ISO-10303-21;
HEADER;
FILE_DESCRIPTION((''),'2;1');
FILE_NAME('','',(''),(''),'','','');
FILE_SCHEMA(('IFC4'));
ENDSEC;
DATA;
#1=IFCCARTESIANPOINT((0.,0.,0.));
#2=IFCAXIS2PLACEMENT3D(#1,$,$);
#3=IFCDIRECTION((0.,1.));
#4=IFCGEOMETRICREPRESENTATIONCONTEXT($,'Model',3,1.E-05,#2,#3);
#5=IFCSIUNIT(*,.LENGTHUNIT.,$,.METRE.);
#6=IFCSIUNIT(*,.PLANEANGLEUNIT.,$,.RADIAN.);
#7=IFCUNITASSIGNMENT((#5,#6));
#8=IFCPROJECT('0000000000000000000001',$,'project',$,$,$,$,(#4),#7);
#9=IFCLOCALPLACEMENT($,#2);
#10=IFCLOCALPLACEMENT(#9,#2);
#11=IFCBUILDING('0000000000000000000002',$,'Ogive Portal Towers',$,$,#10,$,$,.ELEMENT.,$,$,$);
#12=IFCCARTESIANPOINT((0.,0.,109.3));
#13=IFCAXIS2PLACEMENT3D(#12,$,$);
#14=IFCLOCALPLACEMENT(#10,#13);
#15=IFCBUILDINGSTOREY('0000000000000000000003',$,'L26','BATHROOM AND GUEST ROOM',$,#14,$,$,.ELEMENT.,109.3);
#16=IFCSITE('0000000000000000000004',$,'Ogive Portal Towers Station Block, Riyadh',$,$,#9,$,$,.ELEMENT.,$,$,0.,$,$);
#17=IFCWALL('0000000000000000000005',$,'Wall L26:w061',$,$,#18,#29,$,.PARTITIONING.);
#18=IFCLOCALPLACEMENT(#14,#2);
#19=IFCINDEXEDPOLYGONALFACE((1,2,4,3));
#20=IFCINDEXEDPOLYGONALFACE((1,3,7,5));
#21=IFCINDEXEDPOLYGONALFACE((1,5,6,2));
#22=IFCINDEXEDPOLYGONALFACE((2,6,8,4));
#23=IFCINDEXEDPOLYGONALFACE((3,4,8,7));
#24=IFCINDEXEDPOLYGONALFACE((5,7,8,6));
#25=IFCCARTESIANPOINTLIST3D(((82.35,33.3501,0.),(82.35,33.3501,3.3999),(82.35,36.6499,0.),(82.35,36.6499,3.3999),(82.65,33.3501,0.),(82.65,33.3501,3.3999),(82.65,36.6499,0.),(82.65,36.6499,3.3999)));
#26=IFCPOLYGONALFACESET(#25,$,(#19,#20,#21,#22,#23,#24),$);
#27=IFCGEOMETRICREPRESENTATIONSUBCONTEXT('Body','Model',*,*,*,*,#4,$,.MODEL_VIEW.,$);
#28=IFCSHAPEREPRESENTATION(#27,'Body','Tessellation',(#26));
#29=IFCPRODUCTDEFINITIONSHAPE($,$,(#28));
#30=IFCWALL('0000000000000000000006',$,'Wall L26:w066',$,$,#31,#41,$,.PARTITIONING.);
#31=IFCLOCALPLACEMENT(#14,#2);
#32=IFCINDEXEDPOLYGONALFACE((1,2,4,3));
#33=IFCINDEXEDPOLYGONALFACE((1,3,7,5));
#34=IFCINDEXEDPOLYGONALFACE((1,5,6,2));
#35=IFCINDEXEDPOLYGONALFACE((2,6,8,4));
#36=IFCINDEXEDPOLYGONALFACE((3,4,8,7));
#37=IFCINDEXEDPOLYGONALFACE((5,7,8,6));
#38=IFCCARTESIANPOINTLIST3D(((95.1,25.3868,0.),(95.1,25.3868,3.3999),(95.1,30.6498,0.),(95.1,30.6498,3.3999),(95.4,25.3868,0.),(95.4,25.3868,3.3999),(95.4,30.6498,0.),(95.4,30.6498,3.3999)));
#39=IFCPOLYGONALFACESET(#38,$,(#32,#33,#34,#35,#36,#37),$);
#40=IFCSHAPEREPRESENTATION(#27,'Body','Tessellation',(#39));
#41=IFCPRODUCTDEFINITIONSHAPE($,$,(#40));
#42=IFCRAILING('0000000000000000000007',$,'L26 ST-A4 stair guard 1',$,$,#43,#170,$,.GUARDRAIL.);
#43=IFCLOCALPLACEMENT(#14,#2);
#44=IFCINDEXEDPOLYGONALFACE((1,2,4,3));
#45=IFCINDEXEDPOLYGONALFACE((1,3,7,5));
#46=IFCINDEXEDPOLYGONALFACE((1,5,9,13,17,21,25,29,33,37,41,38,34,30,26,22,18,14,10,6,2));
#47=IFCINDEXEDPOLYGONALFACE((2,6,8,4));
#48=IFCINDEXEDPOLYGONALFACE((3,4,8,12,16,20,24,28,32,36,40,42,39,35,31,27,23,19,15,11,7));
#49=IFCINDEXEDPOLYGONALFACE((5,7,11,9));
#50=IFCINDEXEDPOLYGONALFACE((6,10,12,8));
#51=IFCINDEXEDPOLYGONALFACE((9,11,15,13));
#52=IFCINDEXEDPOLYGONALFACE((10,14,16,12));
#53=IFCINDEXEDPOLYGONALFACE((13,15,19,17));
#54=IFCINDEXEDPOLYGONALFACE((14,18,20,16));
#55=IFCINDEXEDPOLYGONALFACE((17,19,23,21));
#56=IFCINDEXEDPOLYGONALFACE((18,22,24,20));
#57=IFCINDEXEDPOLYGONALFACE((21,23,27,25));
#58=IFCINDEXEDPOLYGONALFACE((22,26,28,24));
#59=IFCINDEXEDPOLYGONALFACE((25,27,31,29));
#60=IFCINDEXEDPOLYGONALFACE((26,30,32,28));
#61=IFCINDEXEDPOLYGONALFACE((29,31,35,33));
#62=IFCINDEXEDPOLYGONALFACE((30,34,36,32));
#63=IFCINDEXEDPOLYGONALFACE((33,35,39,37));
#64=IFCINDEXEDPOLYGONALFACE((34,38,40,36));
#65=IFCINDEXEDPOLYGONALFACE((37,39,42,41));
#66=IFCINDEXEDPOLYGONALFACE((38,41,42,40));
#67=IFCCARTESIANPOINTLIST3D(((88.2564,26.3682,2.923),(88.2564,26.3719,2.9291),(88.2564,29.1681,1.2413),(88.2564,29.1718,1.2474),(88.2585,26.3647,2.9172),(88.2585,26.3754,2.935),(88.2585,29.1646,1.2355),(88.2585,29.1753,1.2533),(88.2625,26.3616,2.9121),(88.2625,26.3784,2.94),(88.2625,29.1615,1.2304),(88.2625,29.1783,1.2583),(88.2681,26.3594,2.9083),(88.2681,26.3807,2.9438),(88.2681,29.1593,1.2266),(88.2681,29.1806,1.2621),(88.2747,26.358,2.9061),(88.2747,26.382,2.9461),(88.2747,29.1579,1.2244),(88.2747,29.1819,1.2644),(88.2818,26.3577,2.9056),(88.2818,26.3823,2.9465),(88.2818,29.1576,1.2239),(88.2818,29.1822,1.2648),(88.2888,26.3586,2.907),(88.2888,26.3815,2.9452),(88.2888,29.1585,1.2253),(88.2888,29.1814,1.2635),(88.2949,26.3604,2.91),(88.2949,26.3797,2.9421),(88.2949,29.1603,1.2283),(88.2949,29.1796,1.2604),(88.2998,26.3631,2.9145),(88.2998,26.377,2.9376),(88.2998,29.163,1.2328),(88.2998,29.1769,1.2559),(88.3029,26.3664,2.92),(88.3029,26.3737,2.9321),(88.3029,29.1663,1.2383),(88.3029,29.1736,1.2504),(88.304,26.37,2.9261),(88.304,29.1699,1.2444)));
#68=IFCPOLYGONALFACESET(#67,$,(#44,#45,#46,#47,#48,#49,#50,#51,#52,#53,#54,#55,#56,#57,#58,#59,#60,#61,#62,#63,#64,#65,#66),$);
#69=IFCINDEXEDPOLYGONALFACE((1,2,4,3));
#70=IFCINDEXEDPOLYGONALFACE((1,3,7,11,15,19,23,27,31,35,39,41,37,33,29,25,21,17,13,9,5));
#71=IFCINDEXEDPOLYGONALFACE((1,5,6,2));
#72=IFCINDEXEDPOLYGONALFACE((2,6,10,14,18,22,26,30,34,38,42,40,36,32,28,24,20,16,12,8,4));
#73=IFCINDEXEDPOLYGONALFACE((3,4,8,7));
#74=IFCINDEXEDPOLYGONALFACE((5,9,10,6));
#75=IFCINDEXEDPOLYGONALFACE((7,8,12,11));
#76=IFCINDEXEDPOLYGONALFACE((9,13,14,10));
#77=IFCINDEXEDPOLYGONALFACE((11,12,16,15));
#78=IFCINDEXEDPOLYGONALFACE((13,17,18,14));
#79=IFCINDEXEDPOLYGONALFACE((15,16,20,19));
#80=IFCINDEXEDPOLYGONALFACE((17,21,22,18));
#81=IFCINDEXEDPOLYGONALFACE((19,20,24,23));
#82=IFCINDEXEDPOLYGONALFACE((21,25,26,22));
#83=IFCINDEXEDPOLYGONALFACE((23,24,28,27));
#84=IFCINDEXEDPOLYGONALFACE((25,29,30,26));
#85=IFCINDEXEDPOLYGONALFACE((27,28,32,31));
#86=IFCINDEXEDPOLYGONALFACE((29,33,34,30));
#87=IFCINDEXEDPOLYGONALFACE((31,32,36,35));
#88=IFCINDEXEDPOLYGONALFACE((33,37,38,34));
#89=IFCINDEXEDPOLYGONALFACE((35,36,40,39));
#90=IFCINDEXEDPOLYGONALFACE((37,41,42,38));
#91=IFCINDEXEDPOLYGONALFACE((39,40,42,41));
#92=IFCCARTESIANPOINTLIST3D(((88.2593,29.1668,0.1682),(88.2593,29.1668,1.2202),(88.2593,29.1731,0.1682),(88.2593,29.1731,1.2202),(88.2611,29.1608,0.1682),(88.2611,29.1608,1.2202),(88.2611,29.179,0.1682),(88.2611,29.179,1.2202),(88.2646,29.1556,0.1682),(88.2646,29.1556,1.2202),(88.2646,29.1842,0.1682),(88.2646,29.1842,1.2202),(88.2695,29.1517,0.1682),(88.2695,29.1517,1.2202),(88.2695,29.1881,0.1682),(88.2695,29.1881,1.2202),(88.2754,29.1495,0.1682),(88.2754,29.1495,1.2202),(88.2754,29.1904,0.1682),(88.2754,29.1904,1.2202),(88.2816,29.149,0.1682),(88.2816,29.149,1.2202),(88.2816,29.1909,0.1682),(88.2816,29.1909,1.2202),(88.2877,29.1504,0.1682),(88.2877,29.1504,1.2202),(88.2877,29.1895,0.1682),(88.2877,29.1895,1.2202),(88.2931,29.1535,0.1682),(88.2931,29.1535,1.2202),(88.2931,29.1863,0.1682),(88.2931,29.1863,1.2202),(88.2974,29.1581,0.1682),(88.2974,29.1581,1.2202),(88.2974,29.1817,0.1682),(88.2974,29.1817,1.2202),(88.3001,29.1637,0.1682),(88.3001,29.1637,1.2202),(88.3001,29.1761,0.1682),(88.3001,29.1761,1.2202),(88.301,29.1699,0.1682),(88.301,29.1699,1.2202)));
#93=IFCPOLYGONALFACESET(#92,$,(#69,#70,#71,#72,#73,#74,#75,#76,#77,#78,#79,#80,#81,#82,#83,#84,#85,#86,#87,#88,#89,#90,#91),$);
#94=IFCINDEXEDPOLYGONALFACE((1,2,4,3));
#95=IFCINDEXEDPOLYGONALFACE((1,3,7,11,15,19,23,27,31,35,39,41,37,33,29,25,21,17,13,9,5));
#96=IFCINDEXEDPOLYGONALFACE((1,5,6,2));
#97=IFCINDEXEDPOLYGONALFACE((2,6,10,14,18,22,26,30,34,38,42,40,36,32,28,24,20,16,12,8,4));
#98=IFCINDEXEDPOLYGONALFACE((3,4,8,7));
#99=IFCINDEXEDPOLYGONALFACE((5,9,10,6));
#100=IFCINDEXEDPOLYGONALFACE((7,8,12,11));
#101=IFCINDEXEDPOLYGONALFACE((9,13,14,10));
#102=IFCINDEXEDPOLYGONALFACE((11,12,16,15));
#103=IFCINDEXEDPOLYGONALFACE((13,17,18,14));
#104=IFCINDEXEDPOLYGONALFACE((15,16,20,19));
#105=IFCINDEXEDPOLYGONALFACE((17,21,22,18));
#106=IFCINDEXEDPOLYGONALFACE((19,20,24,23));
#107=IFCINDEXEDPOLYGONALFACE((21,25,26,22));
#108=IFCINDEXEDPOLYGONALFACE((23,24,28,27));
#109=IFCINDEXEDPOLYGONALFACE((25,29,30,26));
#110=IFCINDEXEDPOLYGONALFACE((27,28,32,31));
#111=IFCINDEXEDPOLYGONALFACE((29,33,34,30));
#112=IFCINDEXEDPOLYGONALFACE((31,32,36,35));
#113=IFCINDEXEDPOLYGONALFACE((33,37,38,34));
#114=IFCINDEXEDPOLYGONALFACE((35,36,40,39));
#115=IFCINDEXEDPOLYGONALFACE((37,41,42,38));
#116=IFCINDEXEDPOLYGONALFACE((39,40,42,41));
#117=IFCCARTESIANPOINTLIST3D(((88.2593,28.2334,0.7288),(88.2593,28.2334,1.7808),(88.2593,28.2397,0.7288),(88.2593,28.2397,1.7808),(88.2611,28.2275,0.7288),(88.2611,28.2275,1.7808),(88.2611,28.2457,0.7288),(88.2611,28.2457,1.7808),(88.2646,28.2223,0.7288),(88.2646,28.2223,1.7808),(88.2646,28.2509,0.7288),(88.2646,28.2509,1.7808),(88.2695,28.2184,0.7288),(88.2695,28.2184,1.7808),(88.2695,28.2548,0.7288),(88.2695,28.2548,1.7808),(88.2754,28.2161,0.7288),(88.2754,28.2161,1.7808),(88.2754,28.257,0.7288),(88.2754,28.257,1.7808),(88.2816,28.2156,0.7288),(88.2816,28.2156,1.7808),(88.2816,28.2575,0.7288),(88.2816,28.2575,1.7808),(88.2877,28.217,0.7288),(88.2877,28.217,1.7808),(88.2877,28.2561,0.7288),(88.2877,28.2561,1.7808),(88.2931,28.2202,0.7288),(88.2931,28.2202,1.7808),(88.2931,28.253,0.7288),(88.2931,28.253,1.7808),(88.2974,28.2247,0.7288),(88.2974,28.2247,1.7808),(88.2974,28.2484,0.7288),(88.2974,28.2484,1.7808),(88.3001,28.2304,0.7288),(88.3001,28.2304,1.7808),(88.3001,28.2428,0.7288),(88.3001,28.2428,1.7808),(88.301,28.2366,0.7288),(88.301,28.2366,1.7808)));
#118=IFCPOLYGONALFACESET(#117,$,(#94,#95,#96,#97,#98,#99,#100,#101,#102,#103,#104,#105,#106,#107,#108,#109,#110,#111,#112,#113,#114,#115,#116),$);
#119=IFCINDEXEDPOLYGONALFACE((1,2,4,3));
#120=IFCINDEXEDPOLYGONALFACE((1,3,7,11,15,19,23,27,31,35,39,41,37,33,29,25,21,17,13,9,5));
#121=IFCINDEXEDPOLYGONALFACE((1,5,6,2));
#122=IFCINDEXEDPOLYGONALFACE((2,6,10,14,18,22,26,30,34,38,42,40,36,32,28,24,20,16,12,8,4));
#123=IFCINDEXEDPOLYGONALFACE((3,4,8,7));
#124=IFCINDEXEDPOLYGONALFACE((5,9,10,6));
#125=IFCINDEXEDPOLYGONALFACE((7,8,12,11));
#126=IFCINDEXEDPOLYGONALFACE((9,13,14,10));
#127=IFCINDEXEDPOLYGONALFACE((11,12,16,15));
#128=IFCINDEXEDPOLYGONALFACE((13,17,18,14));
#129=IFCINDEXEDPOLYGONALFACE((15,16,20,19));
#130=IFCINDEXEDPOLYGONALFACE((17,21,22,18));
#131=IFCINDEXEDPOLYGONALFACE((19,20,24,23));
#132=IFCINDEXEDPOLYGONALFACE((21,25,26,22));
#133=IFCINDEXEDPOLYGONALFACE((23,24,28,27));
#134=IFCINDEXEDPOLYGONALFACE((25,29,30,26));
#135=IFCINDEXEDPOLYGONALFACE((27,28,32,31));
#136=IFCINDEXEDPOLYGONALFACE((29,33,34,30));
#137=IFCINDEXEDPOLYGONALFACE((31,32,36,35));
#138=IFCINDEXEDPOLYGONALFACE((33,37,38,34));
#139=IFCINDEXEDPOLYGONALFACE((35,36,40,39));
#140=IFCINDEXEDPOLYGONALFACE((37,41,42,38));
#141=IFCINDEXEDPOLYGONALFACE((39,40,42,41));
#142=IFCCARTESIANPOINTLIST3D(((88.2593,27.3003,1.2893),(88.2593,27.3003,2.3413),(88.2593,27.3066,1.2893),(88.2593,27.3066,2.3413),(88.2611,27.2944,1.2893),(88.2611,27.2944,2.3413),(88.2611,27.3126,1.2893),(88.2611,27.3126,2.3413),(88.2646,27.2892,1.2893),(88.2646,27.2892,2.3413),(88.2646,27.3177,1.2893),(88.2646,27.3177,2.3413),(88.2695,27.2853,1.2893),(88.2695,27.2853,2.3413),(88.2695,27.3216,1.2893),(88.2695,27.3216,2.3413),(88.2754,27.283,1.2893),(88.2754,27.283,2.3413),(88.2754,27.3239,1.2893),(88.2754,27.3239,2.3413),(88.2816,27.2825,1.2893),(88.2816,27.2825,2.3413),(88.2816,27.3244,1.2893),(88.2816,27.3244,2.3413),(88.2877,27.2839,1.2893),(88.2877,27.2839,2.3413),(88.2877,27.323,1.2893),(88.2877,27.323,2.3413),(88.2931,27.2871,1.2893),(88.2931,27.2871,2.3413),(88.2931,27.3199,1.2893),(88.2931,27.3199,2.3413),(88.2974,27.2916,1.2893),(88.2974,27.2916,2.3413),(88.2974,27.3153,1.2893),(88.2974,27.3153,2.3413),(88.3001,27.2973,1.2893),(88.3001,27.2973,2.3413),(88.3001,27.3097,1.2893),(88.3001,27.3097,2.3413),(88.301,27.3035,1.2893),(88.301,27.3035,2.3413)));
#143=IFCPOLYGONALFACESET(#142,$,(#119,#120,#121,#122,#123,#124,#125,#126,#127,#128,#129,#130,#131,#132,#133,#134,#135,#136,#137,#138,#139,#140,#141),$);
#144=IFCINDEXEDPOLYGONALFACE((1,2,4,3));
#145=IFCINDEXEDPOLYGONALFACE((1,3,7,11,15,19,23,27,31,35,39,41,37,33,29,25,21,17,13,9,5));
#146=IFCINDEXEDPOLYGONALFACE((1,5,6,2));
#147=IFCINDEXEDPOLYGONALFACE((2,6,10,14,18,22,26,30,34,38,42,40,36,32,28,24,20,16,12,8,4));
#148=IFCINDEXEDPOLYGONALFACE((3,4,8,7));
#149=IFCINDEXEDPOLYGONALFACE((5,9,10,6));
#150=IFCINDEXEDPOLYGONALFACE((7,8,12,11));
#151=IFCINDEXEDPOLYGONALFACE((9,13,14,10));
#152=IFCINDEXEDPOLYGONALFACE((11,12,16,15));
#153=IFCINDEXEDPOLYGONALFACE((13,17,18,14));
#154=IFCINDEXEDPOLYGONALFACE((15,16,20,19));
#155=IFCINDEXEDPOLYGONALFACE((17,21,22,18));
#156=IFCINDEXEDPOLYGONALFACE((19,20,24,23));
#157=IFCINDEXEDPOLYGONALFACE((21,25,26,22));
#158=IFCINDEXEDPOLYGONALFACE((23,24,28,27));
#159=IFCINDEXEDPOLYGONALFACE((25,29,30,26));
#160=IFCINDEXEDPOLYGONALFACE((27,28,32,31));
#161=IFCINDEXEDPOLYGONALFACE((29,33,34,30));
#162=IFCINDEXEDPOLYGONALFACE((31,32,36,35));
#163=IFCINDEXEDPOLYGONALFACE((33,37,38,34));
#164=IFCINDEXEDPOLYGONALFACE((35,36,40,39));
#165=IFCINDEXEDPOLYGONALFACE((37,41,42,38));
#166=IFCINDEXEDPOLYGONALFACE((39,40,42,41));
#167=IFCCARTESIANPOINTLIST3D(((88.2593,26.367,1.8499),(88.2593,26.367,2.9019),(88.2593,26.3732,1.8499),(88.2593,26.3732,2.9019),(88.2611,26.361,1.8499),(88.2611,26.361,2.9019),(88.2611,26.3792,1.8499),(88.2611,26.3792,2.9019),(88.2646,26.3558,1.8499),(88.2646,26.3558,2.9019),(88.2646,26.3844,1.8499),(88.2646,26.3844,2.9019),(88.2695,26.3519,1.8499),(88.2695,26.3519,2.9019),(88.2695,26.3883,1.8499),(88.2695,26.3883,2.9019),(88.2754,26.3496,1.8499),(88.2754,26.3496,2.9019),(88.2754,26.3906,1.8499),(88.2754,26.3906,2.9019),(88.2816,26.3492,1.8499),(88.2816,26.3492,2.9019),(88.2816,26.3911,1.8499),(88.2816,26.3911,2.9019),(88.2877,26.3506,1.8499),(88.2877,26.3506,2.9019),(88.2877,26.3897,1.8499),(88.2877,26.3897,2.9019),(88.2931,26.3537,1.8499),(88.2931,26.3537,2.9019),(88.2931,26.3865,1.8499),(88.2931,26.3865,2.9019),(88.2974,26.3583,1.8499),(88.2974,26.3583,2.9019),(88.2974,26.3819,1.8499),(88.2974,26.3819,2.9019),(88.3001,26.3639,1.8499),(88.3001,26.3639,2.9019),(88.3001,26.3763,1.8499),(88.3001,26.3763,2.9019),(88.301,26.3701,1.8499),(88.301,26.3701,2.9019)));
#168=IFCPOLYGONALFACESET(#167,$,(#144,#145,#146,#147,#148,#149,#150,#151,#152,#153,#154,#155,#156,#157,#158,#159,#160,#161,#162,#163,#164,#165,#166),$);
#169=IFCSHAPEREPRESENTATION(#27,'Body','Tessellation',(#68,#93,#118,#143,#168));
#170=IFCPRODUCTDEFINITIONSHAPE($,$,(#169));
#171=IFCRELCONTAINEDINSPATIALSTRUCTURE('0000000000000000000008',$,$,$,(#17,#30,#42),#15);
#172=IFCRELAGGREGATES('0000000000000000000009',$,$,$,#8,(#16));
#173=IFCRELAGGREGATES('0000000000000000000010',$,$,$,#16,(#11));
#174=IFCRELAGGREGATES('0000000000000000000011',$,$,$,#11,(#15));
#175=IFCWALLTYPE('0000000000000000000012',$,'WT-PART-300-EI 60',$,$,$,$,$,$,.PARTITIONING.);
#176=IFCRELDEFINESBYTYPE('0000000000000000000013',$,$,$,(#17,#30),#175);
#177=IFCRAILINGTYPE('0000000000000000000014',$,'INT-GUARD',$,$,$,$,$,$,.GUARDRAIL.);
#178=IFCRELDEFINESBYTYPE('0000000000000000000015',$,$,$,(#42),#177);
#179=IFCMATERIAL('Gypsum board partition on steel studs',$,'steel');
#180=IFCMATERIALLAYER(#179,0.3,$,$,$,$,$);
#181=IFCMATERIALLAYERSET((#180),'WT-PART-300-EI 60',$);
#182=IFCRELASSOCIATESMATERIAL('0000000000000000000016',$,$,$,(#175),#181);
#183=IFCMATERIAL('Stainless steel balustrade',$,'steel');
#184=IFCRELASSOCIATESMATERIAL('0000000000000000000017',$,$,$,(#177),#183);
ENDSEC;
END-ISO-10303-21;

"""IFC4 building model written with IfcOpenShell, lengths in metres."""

from ifc_helpers import new_model, si_unit, direction, frame, frame_2d, origin, origin_2d, place, context, subcontext, project, spatial, rectangle, circle, extrude, material, layer, layer_set, type_object, element, save


model = new_model("IFC4")

# Units and contexts
model_context = context("Model", 3, precision=1e-05, world=origin(), true_north=direction((0.0, 1.0)))
body_context = subcontext(model_context, "Body", "Model", "MODEL_VIEW")
ifc_project = project(units=[si_unit("LENGTHUNIT", "METRE"), si_unit("PLANEANGLEUNIT", "RADIAN")], contexts=[model_context])

# Site, building, storey
site_placement = place(None, origin())
site = spatial("IfcSite", under=ifc_project, at=site_placement, Name="Ogive Portal Towers Station Block, Riyadh", CompositionType="ELEMENT", RefElevation=0.0)
building_placement = place(site_placement, origin())
building = spatial("IfcBuilding", under=site, at=building_placement, Name="Ogive Portal Towers", CompositionType="ELEMENT")
storey_placement = place(building_placement, frame((0.0, 0.0, 109.3)))
storey = spatial("IfcBuildingStorey", under=building, at=storey_placement, Name="L26", Description="BATHROOM AND GUEST ROOM", CompositionType="ELEMENT", Elevation=109.3)

# Walls
ifc_material_1 = material(Name="Gypsum board partition on steel studs", Category="steel")
ifc_layer_1 = layer(ifc_material_1, 0.3)
ifc_layer_set_1 = layer_set([ifc_layer_1], Name="WT-PART-300-EI 60")
wall_type_1 = type_object("IfcWallType", Name="WT-PART-300-EI 60", PredefinedType="PARTITIONING", material=ifc_layer_set_1)
wall_1_placement = place(storey_placement, frame((82.5, 33.3501, 0.0), z_axis=(0.0, 0.0, 1.0), x_axis=(0.0, 1.0, 0.0)))
element("IfcWall", 1, at=wall_1_placement, inside=storey, type_object=wall_type_1, Name="Wall L26:w061", PredefinedType="PARTITIONING", context=body_context, shape_type="SweptSolid", body=[
    extrude(rectangle(XDim=3.2998, YDim=0.3, at=frame_2d((1.6499, 0.0))), origin(), (0.0, 0.0, 1.0), 3.3999),
])
wall_2_placement = place(storey_placement, frame((95.25, 25.387, 0.0), z_axis=(0.0, 0.0, 1.0), x_axis=(0.0, 1.0, 0.0)))
element("IfcWall", 2, at=wall_2_placement, inside=storey, type_object=wall_type_1, Name="Wall L26:w066", PredefinedType="PARTITIONING", context=body_context, shape_type="SweptSolid", body=[
    extrude(rectangle(XDim=5.2629, YDim=0.3, at=frame_2d((2.6313, 0.0))), origin(), (0.0, 0.0, 1.0), 3.3999),
])

# Railing
ifc_material_2 = material(Name="Stainless steel balustrade", Category="steel")
railing_type_1 = type_object("IfcRailingType", Name="INT-GUARD", PredefinedType="GUARDRAIL", material=ifc_material_2)
railing_1_placement = place(storey_placement, frame((88.28, 29.1699, 0.1682)))
element("IfcRailing", 3, at=railing_1_placement, inside=storey, type_object=railing_type_1, Name="L26 ST-A4 stair guard 1", PredefinedType="GUARDRAIL", context=body_context, shape_type="SweptSolid", body=[
    extrude(circle(Radius=0.0239, at=origin_2d()), frame((0.0, 0.0, 1.0762), z_axis=(0.0, -0.857255, 0.514891), x_axis=(1.0, 0.0, 0.0)), (0.0, 0.0, 1.0), 3.2661),
    extrude(circle(Radius=0.021, at=origin_2d()), origin(), (0.0, 0.0, 1.0), 1.052),
    extrude(circle(Radius=0.021, at=origin_2d()), frame((0.0, -0.9333, 0.5605)), (0.0, 0.0, 1.0), 1.052),
    extrude(circle(Radius=0.021, at=origin_2d()), frame((0.0, -1.8665, 1.1211)), (0.0, 0.0, 1.0), 1.052),
    extrude(circle(Radius=0.021, at=origin_2d()), frame((0.0, -2.7998, 1.6816)), (0.0, 0.0, 1.0), 1.052),
])

save(model, "model.ifc")
